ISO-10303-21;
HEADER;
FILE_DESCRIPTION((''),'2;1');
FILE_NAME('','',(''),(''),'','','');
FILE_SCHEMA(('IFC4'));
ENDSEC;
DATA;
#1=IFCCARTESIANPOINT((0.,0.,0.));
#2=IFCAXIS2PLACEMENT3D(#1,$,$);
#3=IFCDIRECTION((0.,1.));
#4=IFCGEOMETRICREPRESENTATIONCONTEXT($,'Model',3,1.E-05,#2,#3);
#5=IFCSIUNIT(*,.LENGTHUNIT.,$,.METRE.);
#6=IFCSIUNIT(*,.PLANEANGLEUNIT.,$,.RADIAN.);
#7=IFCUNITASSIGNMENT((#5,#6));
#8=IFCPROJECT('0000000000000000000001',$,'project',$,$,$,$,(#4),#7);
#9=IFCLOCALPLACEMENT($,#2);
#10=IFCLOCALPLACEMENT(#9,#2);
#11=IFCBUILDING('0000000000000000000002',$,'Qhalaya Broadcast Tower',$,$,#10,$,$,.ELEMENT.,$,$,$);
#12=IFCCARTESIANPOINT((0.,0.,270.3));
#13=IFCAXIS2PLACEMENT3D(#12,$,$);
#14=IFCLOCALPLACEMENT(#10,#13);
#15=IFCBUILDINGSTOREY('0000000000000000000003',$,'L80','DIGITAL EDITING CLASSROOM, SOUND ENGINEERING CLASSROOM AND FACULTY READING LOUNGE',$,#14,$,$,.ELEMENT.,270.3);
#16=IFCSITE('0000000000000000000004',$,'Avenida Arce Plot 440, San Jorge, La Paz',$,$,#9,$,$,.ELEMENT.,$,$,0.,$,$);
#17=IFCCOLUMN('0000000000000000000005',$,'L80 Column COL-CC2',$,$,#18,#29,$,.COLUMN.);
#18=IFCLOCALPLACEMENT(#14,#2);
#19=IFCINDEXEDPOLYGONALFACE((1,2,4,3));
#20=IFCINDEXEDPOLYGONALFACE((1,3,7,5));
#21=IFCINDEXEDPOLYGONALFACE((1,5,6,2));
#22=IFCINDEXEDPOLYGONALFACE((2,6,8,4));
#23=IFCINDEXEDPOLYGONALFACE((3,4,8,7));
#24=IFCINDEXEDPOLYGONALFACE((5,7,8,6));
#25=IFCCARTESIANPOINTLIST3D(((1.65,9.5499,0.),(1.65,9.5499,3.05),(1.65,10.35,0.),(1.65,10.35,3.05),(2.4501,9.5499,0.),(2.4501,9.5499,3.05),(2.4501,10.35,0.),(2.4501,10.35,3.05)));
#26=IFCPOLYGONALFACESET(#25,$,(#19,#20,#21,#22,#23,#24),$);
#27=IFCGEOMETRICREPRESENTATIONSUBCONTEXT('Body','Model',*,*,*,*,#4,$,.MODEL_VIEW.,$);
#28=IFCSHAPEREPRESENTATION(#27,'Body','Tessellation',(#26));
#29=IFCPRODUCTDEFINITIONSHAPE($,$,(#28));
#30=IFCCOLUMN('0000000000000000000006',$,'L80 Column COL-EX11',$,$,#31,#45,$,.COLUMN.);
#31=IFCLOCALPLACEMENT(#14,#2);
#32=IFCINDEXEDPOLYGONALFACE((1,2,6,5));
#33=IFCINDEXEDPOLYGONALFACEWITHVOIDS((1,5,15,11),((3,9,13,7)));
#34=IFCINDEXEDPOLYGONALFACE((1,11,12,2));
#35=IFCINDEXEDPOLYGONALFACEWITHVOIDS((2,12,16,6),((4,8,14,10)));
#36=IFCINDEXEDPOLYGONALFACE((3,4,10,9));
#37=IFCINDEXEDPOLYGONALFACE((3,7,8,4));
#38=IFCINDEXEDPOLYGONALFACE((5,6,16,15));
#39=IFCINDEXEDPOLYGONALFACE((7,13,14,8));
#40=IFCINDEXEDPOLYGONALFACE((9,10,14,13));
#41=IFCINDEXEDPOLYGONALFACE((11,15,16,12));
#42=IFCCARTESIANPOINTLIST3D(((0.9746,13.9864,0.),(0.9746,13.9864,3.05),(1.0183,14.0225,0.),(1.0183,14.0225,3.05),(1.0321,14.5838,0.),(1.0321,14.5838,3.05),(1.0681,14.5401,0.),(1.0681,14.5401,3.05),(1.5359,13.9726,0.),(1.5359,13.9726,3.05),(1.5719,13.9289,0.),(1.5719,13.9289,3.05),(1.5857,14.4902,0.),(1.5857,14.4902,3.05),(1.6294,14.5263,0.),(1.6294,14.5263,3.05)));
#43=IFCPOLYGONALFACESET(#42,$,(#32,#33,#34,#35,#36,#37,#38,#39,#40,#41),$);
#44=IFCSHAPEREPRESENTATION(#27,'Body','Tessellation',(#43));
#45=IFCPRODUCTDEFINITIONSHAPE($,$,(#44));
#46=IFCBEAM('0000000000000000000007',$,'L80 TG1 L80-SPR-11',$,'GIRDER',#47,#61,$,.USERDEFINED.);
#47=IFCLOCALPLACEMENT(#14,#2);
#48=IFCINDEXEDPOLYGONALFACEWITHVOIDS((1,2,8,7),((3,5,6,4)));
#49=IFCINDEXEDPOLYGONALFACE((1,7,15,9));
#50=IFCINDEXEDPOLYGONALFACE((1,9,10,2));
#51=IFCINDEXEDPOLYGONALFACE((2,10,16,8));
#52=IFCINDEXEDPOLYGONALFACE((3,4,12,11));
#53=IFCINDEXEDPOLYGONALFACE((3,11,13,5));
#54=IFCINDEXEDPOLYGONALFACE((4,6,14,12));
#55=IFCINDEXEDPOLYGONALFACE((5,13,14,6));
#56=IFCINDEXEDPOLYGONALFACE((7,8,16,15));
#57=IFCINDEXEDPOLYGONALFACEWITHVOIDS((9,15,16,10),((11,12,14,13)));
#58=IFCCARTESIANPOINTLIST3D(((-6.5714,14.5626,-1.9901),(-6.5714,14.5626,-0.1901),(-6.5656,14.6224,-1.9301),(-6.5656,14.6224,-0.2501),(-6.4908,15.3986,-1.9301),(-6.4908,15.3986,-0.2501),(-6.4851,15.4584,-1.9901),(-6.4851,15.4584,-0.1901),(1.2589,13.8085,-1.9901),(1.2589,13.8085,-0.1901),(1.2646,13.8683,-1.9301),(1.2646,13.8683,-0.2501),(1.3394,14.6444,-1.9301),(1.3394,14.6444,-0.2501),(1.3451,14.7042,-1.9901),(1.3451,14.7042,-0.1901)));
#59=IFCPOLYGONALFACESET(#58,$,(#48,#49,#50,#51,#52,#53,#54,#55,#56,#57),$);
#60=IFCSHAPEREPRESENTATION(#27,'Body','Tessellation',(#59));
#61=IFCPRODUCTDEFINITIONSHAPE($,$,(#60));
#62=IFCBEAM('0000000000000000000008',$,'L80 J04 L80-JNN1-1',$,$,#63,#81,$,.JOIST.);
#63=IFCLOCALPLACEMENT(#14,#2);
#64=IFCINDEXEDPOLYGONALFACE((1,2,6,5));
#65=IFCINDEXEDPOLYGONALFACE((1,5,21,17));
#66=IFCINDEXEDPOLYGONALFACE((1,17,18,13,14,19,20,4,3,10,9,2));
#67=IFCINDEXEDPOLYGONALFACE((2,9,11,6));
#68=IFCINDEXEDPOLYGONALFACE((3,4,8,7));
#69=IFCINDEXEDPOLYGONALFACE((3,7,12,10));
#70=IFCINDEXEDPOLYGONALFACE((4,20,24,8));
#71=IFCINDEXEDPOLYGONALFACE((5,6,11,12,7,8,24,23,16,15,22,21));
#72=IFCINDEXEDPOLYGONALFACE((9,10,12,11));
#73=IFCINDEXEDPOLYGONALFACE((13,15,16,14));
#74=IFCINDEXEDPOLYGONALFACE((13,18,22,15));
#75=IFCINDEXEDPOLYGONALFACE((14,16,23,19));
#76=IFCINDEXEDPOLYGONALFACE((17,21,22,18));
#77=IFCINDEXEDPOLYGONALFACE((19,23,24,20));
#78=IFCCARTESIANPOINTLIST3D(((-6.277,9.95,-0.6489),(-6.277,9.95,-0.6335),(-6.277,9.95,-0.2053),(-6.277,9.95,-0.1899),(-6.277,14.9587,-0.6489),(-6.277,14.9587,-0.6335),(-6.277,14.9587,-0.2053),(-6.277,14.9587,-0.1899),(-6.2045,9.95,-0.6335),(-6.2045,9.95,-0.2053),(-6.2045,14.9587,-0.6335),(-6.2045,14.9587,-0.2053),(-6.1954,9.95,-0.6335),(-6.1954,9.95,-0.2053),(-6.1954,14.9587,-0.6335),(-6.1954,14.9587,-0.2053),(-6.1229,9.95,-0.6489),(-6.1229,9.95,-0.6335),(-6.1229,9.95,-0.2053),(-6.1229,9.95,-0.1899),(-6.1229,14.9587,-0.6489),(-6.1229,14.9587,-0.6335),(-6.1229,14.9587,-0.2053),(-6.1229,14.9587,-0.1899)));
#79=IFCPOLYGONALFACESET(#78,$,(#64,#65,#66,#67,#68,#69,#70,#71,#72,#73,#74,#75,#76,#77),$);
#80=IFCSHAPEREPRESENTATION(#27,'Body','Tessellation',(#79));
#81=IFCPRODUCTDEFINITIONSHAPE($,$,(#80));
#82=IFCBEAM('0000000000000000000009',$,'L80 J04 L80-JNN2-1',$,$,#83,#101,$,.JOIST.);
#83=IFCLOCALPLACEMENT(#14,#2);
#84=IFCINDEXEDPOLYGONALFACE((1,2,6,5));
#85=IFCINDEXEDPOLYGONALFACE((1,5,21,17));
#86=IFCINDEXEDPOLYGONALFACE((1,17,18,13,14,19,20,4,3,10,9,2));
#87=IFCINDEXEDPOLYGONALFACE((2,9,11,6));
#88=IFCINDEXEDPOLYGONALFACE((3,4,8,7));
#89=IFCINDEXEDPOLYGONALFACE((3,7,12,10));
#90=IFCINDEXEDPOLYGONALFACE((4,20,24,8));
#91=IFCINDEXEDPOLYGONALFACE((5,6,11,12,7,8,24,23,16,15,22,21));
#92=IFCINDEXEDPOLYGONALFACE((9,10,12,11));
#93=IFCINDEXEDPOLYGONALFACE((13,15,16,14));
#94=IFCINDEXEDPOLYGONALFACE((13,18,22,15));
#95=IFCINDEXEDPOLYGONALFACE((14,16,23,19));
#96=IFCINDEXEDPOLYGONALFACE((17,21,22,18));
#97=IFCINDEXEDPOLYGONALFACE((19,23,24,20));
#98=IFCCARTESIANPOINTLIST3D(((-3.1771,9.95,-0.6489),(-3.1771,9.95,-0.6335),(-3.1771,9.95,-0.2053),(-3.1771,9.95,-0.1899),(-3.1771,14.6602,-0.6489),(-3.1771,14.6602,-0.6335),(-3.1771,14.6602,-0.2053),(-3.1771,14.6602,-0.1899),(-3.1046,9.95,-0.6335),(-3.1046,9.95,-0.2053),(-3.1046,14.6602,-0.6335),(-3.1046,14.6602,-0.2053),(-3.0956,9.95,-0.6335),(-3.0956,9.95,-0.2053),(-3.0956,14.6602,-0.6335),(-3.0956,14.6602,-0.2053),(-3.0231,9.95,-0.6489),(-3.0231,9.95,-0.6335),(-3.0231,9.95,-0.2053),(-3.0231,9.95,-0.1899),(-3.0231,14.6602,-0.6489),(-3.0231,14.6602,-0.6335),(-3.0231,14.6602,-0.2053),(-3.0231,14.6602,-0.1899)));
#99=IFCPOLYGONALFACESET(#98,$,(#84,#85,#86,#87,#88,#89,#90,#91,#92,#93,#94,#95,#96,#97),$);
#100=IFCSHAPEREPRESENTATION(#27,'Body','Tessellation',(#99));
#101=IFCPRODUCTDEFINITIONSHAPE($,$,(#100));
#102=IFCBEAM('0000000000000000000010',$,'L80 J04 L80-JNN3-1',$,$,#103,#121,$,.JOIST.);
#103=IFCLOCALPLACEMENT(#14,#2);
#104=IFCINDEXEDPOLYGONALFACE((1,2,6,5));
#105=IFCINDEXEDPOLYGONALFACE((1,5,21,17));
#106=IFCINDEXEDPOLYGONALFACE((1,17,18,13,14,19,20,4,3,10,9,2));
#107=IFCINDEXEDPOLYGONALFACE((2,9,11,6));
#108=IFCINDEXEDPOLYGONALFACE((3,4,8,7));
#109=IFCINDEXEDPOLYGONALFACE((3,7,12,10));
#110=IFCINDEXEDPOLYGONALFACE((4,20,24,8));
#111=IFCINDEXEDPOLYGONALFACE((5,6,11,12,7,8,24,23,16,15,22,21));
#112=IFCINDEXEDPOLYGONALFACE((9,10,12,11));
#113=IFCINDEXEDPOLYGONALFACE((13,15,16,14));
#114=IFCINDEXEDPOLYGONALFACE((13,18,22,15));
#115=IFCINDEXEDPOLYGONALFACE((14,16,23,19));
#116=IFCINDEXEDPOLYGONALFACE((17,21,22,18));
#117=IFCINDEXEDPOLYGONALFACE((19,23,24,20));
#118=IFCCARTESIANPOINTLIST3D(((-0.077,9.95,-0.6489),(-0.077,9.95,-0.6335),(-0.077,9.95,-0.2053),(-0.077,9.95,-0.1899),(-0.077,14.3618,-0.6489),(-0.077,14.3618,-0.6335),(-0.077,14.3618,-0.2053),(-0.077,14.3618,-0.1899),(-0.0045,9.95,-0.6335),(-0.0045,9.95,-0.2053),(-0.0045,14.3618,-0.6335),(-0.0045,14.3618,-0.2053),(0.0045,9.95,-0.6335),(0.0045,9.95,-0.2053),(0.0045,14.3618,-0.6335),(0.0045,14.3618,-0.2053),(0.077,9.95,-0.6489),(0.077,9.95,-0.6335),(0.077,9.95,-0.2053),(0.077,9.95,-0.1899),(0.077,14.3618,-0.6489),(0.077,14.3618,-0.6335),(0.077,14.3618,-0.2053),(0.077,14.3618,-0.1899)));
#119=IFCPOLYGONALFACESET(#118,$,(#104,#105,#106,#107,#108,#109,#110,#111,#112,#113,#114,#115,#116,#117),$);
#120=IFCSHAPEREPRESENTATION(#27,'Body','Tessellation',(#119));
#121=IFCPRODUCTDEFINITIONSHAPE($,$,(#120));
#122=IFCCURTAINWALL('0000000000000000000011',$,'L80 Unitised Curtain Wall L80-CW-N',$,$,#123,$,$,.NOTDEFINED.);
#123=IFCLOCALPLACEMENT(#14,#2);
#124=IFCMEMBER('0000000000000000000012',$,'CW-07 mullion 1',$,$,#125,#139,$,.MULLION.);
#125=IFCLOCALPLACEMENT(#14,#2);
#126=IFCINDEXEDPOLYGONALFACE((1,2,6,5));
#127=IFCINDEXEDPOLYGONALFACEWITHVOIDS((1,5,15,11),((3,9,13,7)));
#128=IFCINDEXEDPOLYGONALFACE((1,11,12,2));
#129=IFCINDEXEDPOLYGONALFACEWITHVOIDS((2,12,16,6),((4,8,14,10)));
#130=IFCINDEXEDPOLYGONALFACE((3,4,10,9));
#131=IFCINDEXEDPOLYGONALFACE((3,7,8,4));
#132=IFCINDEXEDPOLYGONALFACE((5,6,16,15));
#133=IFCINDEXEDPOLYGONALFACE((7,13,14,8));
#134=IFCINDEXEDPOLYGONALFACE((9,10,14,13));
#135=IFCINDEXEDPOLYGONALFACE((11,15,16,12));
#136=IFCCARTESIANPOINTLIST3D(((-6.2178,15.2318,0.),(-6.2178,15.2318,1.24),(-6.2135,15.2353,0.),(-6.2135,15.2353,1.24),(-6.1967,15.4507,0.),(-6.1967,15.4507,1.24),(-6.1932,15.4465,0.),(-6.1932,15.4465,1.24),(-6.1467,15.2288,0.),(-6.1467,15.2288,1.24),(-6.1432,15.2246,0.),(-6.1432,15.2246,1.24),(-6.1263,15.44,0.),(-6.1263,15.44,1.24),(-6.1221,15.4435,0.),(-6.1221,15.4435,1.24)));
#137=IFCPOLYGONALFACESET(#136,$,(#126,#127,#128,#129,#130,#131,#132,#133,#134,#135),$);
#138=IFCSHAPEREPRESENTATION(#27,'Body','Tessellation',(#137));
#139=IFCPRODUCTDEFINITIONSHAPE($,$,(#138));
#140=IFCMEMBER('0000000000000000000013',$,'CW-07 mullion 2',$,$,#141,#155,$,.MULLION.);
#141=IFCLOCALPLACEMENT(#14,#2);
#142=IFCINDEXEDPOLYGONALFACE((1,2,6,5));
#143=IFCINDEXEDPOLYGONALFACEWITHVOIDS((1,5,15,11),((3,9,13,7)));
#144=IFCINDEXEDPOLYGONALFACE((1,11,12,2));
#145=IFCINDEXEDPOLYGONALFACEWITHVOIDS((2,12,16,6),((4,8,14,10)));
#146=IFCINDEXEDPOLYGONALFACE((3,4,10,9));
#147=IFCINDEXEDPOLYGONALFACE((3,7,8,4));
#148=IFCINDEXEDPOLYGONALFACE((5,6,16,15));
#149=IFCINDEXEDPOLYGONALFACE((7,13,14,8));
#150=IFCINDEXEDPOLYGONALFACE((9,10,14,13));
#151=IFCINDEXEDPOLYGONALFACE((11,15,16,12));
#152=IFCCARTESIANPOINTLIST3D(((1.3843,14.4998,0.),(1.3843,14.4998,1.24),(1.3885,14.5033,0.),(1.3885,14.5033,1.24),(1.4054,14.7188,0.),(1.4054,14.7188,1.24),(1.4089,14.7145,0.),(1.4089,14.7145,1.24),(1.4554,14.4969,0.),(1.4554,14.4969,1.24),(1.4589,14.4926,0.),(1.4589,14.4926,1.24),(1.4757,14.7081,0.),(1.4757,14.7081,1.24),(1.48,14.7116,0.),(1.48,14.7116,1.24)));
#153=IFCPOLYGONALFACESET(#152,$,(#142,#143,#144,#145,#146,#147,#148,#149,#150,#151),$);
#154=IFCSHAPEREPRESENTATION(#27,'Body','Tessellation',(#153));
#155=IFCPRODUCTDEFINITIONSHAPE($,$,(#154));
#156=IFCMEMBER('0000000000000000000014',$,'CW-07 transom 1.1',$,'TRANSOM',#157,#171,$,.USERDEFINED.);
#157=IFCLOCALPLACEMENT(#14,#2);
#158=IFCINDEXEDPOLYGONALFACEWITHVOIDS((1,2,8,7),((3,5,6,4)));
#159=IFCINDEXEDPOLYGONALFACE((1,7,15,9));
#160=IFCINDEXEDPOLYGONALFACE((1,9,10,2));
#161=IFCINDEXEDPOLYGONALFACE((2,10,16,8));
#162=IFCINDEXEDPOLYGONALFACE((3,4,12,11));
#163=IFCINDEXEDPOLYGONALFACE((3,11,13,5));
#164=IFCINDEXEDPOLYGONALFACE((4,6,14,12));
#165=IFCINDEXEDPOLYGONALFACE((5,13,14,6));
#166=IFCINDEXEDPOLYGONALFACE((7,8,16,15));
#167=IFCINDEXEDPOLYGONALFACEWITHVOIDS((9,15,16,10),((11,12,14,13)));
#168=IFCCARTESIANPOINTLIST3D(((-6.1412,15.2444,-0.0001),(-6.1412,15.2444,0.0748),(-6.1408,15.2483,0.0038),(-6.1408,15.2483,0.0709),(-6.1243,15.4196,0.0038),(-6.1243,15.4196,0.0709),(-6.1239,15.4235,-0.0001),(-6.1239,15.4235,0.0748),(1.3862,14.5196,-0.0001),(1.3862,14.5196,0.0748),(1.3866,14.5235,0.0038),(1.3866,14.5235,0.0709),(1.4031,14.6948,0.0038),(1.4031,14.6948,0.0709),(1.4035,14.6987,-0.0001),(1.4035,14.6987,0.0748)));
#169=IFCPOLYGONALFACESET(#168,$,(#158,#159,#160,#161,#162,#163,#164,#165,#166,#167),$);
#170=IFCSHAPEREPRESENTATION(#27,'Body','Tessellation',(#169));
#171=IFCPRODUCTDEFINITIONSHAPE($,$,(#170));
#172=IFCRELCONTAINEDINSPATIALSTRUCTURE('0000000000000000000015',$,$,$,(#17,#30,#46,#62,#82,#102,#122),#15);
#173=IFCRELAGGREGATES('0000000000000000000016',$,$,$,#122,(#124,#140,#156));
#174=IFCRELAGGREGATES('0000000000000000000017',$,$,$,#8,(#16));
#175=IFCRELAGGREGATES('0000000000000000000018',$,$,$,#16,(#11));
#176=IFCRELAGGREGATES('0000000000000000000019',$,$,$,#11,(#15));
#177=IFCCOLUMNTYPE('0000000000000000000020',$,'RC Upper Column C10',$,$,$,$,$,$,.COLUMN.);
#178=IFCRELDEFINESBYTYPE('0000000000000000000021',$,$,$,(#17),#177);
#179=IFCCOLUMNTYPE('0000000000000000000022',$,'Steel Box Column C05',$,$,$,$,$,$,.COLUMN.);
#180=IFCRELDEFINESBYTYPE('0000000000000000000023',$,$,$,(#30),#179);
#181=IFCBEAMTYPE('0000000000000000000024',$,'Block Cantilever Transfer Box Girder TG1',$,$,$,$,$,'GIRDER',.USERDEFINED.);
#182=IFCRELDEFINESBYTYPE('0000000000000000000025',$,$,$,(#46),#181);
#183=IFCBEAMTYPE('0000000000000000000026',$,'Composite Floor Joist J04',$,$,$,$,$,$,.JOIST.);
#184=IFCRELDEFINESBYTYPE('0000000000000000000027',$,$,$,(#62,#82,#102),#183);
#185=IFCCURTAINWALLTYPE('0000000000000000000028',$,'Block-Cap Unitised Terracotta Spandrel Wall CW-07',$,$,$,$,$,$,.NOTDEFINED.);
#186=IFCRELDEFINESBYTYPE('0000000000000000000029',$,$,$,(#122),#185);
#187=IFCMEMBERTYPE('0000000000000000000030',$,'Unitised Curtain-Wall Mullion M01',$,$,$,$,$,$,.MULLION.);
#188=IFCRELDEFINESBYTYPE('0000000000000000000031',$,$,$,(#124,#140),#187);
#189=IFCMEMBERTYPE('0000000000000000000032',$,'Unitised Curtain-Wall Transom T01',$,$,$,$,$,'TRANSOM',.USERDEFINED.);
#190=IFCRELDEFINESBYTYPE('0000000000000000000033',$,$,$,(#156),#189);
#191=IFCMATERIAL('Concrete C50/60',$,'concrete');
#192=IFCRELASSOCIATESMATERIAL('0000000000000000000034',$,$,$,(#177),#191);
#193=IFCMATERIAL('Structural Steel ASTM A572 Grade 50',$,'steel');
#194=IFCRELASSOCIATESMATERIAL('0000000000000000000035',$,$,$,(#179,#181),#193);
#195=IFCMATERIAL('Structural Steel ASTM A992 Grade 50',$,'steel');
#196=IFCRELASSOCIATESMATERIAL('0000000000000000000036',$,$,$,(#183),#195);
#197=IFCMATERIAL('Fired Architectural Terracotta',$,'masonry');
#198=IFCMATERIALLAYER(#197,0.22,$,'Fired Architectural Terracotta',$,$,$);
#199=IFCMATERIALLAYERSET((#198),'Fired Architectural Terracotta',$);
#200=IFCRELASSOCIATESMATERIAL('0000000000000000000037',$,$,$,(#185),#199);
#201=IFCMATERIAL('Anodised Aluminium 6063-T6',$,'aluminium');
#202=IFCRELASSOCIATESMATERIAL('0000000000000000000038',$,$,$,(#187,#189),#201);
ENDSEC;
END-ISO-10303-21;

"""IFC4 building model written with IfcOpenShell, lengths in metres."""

from ifc_helpers import new_model, si_unit, direction, frame, origin, origin_2d, place, context, subcontext, project, spatial, rectangle, hollow_rectangle, i_section, extrude, material, layer, layer_set, material_profile, profile_set, type_object, element, aggregate, save


model = new_model("IFC4")

# Units and contexts
model_context = context("Model", 3, precision=1e-05, world=origin(), true_north=direction((0.0, 1.0)))
body_context = subcontext(model_context, "Body", "Model", "MODEL_VIEW")
ifc_project = project(units=[si_unit("LENGTHUNIT", "METRE"), si_unit("PLANEANGLEUNIT", "RADIAN")], contexts=[model_context])

# Site, building, storey
site_placement = place(None, origin())
site = spatial("IfcSite", under=ifc_project, at=site_placement, Name="Avenida Arce Plot 440, San Jorge, La Paz", CompositionType="ELEMENT", RefElevation=0.0)
building_placement = place(site_placement, origin())
building = spatial("IfcBuilding", under=site, at=building_placement, Name="Qhalaya Broadcast Tower", CompositionType="ELEMENT")
storey_placement = place(building_placement, frame((0.0, 0.0, 270.3)))
storey = spatial("IfcBuildingStorey", under=building, at=storey_placement, Name="L80", Description="DIGITAL EDITING CLASSROOM, SOUND ENGINEERING CLASSROOM AND FACULTY READING LOUNGE", CompositionType="ELEMENT", Elevation=270.3)

# Columns
ifc_material_1 = material(Name="Concrete C50/60", Category="concrete")
ifc_material_profile_1 = material_profile(ifc_material_1, rectangle(XDim=0.8, YDim=0.8, at=origin_2d()), Name="RC-COL 800x800")
ifc_profile_set_1 = profile_set([ifc_material_profile_1], Name="Concrete C50/60")
column_type_1 = type_object("IfcColumnType", Name="RC Upper Column C10", PredefinedType="COLUMN", material=ifc_profile_set_1)
column_1_placement = place(storey_placement, frame((2.05, 9.95, 0.0), z_axis=(0.0, 0.0, 1.0), x_axis=(1.0, 0.0, 0.0)))
element("IfcColumn", 1, at=column_1_placement, inside=storey, type_object=column_type_1, Name="L80 Column COL-CC2", PredefinedType="COLUMN", context=body_context, shape_type="SweptSolid", body=[
    extrude(rectangle(XDim=0.8, YDim=0.8, at=origin_2d()), origin(), (0.0, 0.0, 1.0), 3.05),
])
ifc_material_2 = material(Name="Structural Steel ASTM A572 Grade 50", Category="steel")
ifc_material_profile_2 = material_profile(ifc_material_2, hollow_rectangle(XDim=0.6001, YDim=0.6001, WallThickness=0.04, at=origin_2d()), Name="BOX 600x600x40")
ifc_profile_set_2 = profile_set([ifc_material_profile_2], Name="Structural Steel ASTM A572 Grade 50")
column_type_2 = type_object("IfcColumnType", Name="Steel Box Column C05", PredefinedType="COLUMN", material=ifc_profile_set_2)
column_2_placement = place(storey_placement, frame((1.302, 14.2563, 0.0), z_axis=(0.0, 0.0, 1.0), x_axis=(0.995396, -0.095846, 0.0)))
element("IfcColumn", 2, at=column_2_placement, inside=storey, type_object=column_type_2, Name="L80 Column COL-EX11", PredefinedType="COLUMN", context=body_context, shape_type="SweptSolid", body=[
    extrude(hollow_rectangle(XDim=0.6001, YDim=0.6001, WallThickness=0.04, at=origin_2d()), origin(), (0.0, 0.0, 1.0), 3.05),
])

# Beams
ifc_material_profile_3 = material_profile(ifc_material_2, hollow_rectangle(XDim=0.8999, YDim=1.8, WallThickness=0.0601, at=origin_2d()), Name="BOX 900x1800x60")
ifc_profile_set_3 = profile_set([ifc_material_profile_3], Name="Structural Steel ASTM A572 Grade 50")
beam_type_1 = type_object("IfcBeamType", Name="Block Cantilever Transfer Box Girder TG1", ElementType="GIRDER", PredefinedType="USERDEFINED", material=ifc_profile_set_3)
beam_1_placement = place(storey_placement, frame((1.302, 14.2563, -1.0901), z_axis=(-0.995394, 0.095868, 0.0), x_axis=(-0.095868, -0.995394, 0.0)))
element("IfcBeam", 3, at=beam_1_placement, inside=storey, type_object=beam_type_1, Name="L80 TG1 L80-SPR-11", ObjectType="GIRDER", PredefinedType="USERDEFINED", context=body_context, shape_type="SweptSolid", body=[
    extrude(hollow_rectangle(XDim=0.8999, YDim=1.8, WallThickness=0.0601, at=origin_2d()), origin(), (0.0, 0.0, 1.0), 7.8665),
])
ifc_material_3 = material(Name="Structural Steel ASTM A992 Grade 50", Category="steel")
ifc_material_profile_4 = material_profile(ifc_material_3, i_section(OverallWidth=0.1541, OverallDepth=0.459, WebThickness=0.009, FlangeThickness=0.0154, at=origin_2d()), Name="W18X46")
ifc_profile_set_4 = profile_set([ifc_material_profile_4], Name="Structural Steel ASTM A992 Grade 50")
beam_type_2 = type_object("IfcBeamType", Name="Composite Floor Joist J04", PredefinedType="JOIST", material=ifc_profile_set_4)
beam_2_placement = place(storey_placement, frame((-6.2, 9.95, -0.4194), z_axis=(0.0, 1.0, 0.0), x_axis=(-1.0, 0.0, 0.0)))
element("IfcBeam", 4, at=beam_2_placement, inside=storey, type_object=beam_type_2, Name="L80 J04 L80-JNN1-1", PredefinedType="JOIST", context=body_context, shape_type="SweptSolid", body=[
    extrude(i_section(OverallWidth=0.1541, OverallDepth=0.459, WebThickness=0.009, FlangeThickness=0.0154, at=origin_2d()), origin(), (0.0, 0.0, 1.0), 5.0088),
])
beam_3_placement = place(storey_placement, frame((-3.1001, 9.95, -0.4194), z_axis=(0.0, 1.0, 0.0), x_axis=(-1.0, 0.0, 0.0)))
element("IfcBeam", 5, at=beam_3_placement, inside=storey, type_object=beam_type_2, Name="L80 J04 L80-JNN2-1", PredefinedType="JOIST", context=body_context, shape_type="SweptSolid", body=[
    extrude(i_section(OverallWidth=0.1541, OverallDepth=0.459, WebThickness=0.009, FlangeThickness=0.0154, at=origin_2d()), origin(), (0.0, 0.0, 1.0), 4.7102),
])
beam_4_placement = place(storey_placement, frame((0.0, 9.95, -0.4194), z_axis=(0.0, 1.0, 0.0), x_axis=(-1.0, 0.0, 0.0)))
element("IfcBeam", 6, at=beam_4_placement, inside=storey, type_object=beam_type_2, Name="L80 J04 L80-JNN3-1", PredefinedType="JOIST", context=body_context, shape_type="SweptSolid", body=[
    extrude(i_section(OverallWidth=0.1541, OverallDepth=0.459, WebThickness=0.009, FlangeThickness=0.0154, at=origin_2d()), origin(), (0.0, 0.0, 1.0), 4.4119),
])

# Curtain wall, members
ifc_material_4 = material(Name="Fired Architectural Terracotta", Category="masonry")
ifc_layer_1 = layer(ifc_material_4, 0.22, Name="Fired Architectural Terracotta")
ifc_layer_set_1 = layer_set([ifc_layer_1], Name="Fired Architectural Terracotta")
curtain_wall_type = type_object("IfcCurtainWallType", Name="Block-Cap Unitised Terracotta Spandrel Wall CW-07", PredefinedType="NOTDEFINED", material=ifc_layer_set_1)
curtain_wall_placement = place(storey_placement, origin())
curtain_wall = element("IfcCurtainWall", 7, at=curtain_wall_placement, inside=storey, type_object=curtain_wall_type, Name="L80 Unitised Curtain Wall L80-CW-N", PredefinedType="NOTDEFINED")
ifc_material_5 = material(Name="Anodised Aluminium 6063-T6", Category="aluminium")
ifc_material_profile_5 = material_profile(ifc_material_5, hollow_rectangle(XDim=0.075, YDim=0.22, WallThickness=0.0039, at=origin_2d()), Name="ALU-MUL 75x220x4")
ifc_profile_set_5 = profile_set([ifc_material_profile_5], Name="Anodised Aluminium 6063-T6")
member_type_1 = type_object("IfcMemberType", Name="Unitised Curtain-Wall Mullion M01", PredefinedType="MULLION", material=ifc_profile_set_5)
member_1_placement = place(storey_placement, frame((-6.1699, 15.3376, 0.0), z_axis=(0.0, 0.0, 1.0), x_axis=(0.995396, -0.095848, 0.0)))
member_1 = element("IfcMember", 8, at=member_1_placement, type_object=member_type_1, Name="CW-07 mullion 1", PredefinedType="MULLION", context=body_context, shape_type="SweptSolid", body=[
    extrude(hollow_rectangle(XDim=0.075, YDim=0.22, WallThickness=0.0039, at=origin_2d()), origin(), (0.0, 0.0, 1.0), 1.24),
])
member_2_placement = place(storey_placement, frame((1.4321, 14.6057, 0.0), z_axis=(0.0, 0.0, 1.0), x_axis=(0.995396, -0.095848, 0.0)))
member_2 = element("IfcMember", 9, at=member_2_placement, type_object=member_type_1, Name="CW-07 mullion 2", PredefinedType="MULLION", context=body_context, shape_type="SweptSolid", body=[
    extrude(hollow_rectangle(XDim=0.075, YDim=0.22, WallThickness=0.0039, at=origin_2d()), origin(), (0.0, 0.0, 1.0), 1.24),
])
ifc_material_profile_6 = material_profile(ifc_material_5, hollow_rectangle(XDim=0.075, YDim=0.1799, WallThickness=0.0039, at=origin_2d()), Name="ALU-TRN 75x180x4")
ifc_profile_set_6 = profile_set([ifc_material_profile_6], Name="Anodised Aluminium 6063-T6")
member_type_2 = type_object("IfcMemberType", Name="Unitised Curtain-Wall Transom T01", ElementType="TRANSOM", PredefinedType="USERDEFINED", material=ifc_profile_set_6)
member_3_placement = place(storey_placement, frame((-6.1326, 15.334, 0.0374), z_axis=(0.995396, -0.095853, 0.0), x_axis=(0.0, 0.0, 1.0)))
member_3 = element("IfcMember", 10, at=member_3_placement, type_object=member_type_2, Name="CW-07 transom 1.1", ObjectType="TRANSOM", PredefinedType="USERDEFINED", context=body_context, shape_type="SweptSolid", body=[
    extrude(hollow_rectangle(XDim=0.075, YDim=0.1799, WallThickness=0.0039, at=origin_2d()), origin(), (0.0, 0.0, 1.0), 7.5623),
])

aggregate(curtain_wall, [member_1, member_2, member_3])

save(model, "model.ifc")
